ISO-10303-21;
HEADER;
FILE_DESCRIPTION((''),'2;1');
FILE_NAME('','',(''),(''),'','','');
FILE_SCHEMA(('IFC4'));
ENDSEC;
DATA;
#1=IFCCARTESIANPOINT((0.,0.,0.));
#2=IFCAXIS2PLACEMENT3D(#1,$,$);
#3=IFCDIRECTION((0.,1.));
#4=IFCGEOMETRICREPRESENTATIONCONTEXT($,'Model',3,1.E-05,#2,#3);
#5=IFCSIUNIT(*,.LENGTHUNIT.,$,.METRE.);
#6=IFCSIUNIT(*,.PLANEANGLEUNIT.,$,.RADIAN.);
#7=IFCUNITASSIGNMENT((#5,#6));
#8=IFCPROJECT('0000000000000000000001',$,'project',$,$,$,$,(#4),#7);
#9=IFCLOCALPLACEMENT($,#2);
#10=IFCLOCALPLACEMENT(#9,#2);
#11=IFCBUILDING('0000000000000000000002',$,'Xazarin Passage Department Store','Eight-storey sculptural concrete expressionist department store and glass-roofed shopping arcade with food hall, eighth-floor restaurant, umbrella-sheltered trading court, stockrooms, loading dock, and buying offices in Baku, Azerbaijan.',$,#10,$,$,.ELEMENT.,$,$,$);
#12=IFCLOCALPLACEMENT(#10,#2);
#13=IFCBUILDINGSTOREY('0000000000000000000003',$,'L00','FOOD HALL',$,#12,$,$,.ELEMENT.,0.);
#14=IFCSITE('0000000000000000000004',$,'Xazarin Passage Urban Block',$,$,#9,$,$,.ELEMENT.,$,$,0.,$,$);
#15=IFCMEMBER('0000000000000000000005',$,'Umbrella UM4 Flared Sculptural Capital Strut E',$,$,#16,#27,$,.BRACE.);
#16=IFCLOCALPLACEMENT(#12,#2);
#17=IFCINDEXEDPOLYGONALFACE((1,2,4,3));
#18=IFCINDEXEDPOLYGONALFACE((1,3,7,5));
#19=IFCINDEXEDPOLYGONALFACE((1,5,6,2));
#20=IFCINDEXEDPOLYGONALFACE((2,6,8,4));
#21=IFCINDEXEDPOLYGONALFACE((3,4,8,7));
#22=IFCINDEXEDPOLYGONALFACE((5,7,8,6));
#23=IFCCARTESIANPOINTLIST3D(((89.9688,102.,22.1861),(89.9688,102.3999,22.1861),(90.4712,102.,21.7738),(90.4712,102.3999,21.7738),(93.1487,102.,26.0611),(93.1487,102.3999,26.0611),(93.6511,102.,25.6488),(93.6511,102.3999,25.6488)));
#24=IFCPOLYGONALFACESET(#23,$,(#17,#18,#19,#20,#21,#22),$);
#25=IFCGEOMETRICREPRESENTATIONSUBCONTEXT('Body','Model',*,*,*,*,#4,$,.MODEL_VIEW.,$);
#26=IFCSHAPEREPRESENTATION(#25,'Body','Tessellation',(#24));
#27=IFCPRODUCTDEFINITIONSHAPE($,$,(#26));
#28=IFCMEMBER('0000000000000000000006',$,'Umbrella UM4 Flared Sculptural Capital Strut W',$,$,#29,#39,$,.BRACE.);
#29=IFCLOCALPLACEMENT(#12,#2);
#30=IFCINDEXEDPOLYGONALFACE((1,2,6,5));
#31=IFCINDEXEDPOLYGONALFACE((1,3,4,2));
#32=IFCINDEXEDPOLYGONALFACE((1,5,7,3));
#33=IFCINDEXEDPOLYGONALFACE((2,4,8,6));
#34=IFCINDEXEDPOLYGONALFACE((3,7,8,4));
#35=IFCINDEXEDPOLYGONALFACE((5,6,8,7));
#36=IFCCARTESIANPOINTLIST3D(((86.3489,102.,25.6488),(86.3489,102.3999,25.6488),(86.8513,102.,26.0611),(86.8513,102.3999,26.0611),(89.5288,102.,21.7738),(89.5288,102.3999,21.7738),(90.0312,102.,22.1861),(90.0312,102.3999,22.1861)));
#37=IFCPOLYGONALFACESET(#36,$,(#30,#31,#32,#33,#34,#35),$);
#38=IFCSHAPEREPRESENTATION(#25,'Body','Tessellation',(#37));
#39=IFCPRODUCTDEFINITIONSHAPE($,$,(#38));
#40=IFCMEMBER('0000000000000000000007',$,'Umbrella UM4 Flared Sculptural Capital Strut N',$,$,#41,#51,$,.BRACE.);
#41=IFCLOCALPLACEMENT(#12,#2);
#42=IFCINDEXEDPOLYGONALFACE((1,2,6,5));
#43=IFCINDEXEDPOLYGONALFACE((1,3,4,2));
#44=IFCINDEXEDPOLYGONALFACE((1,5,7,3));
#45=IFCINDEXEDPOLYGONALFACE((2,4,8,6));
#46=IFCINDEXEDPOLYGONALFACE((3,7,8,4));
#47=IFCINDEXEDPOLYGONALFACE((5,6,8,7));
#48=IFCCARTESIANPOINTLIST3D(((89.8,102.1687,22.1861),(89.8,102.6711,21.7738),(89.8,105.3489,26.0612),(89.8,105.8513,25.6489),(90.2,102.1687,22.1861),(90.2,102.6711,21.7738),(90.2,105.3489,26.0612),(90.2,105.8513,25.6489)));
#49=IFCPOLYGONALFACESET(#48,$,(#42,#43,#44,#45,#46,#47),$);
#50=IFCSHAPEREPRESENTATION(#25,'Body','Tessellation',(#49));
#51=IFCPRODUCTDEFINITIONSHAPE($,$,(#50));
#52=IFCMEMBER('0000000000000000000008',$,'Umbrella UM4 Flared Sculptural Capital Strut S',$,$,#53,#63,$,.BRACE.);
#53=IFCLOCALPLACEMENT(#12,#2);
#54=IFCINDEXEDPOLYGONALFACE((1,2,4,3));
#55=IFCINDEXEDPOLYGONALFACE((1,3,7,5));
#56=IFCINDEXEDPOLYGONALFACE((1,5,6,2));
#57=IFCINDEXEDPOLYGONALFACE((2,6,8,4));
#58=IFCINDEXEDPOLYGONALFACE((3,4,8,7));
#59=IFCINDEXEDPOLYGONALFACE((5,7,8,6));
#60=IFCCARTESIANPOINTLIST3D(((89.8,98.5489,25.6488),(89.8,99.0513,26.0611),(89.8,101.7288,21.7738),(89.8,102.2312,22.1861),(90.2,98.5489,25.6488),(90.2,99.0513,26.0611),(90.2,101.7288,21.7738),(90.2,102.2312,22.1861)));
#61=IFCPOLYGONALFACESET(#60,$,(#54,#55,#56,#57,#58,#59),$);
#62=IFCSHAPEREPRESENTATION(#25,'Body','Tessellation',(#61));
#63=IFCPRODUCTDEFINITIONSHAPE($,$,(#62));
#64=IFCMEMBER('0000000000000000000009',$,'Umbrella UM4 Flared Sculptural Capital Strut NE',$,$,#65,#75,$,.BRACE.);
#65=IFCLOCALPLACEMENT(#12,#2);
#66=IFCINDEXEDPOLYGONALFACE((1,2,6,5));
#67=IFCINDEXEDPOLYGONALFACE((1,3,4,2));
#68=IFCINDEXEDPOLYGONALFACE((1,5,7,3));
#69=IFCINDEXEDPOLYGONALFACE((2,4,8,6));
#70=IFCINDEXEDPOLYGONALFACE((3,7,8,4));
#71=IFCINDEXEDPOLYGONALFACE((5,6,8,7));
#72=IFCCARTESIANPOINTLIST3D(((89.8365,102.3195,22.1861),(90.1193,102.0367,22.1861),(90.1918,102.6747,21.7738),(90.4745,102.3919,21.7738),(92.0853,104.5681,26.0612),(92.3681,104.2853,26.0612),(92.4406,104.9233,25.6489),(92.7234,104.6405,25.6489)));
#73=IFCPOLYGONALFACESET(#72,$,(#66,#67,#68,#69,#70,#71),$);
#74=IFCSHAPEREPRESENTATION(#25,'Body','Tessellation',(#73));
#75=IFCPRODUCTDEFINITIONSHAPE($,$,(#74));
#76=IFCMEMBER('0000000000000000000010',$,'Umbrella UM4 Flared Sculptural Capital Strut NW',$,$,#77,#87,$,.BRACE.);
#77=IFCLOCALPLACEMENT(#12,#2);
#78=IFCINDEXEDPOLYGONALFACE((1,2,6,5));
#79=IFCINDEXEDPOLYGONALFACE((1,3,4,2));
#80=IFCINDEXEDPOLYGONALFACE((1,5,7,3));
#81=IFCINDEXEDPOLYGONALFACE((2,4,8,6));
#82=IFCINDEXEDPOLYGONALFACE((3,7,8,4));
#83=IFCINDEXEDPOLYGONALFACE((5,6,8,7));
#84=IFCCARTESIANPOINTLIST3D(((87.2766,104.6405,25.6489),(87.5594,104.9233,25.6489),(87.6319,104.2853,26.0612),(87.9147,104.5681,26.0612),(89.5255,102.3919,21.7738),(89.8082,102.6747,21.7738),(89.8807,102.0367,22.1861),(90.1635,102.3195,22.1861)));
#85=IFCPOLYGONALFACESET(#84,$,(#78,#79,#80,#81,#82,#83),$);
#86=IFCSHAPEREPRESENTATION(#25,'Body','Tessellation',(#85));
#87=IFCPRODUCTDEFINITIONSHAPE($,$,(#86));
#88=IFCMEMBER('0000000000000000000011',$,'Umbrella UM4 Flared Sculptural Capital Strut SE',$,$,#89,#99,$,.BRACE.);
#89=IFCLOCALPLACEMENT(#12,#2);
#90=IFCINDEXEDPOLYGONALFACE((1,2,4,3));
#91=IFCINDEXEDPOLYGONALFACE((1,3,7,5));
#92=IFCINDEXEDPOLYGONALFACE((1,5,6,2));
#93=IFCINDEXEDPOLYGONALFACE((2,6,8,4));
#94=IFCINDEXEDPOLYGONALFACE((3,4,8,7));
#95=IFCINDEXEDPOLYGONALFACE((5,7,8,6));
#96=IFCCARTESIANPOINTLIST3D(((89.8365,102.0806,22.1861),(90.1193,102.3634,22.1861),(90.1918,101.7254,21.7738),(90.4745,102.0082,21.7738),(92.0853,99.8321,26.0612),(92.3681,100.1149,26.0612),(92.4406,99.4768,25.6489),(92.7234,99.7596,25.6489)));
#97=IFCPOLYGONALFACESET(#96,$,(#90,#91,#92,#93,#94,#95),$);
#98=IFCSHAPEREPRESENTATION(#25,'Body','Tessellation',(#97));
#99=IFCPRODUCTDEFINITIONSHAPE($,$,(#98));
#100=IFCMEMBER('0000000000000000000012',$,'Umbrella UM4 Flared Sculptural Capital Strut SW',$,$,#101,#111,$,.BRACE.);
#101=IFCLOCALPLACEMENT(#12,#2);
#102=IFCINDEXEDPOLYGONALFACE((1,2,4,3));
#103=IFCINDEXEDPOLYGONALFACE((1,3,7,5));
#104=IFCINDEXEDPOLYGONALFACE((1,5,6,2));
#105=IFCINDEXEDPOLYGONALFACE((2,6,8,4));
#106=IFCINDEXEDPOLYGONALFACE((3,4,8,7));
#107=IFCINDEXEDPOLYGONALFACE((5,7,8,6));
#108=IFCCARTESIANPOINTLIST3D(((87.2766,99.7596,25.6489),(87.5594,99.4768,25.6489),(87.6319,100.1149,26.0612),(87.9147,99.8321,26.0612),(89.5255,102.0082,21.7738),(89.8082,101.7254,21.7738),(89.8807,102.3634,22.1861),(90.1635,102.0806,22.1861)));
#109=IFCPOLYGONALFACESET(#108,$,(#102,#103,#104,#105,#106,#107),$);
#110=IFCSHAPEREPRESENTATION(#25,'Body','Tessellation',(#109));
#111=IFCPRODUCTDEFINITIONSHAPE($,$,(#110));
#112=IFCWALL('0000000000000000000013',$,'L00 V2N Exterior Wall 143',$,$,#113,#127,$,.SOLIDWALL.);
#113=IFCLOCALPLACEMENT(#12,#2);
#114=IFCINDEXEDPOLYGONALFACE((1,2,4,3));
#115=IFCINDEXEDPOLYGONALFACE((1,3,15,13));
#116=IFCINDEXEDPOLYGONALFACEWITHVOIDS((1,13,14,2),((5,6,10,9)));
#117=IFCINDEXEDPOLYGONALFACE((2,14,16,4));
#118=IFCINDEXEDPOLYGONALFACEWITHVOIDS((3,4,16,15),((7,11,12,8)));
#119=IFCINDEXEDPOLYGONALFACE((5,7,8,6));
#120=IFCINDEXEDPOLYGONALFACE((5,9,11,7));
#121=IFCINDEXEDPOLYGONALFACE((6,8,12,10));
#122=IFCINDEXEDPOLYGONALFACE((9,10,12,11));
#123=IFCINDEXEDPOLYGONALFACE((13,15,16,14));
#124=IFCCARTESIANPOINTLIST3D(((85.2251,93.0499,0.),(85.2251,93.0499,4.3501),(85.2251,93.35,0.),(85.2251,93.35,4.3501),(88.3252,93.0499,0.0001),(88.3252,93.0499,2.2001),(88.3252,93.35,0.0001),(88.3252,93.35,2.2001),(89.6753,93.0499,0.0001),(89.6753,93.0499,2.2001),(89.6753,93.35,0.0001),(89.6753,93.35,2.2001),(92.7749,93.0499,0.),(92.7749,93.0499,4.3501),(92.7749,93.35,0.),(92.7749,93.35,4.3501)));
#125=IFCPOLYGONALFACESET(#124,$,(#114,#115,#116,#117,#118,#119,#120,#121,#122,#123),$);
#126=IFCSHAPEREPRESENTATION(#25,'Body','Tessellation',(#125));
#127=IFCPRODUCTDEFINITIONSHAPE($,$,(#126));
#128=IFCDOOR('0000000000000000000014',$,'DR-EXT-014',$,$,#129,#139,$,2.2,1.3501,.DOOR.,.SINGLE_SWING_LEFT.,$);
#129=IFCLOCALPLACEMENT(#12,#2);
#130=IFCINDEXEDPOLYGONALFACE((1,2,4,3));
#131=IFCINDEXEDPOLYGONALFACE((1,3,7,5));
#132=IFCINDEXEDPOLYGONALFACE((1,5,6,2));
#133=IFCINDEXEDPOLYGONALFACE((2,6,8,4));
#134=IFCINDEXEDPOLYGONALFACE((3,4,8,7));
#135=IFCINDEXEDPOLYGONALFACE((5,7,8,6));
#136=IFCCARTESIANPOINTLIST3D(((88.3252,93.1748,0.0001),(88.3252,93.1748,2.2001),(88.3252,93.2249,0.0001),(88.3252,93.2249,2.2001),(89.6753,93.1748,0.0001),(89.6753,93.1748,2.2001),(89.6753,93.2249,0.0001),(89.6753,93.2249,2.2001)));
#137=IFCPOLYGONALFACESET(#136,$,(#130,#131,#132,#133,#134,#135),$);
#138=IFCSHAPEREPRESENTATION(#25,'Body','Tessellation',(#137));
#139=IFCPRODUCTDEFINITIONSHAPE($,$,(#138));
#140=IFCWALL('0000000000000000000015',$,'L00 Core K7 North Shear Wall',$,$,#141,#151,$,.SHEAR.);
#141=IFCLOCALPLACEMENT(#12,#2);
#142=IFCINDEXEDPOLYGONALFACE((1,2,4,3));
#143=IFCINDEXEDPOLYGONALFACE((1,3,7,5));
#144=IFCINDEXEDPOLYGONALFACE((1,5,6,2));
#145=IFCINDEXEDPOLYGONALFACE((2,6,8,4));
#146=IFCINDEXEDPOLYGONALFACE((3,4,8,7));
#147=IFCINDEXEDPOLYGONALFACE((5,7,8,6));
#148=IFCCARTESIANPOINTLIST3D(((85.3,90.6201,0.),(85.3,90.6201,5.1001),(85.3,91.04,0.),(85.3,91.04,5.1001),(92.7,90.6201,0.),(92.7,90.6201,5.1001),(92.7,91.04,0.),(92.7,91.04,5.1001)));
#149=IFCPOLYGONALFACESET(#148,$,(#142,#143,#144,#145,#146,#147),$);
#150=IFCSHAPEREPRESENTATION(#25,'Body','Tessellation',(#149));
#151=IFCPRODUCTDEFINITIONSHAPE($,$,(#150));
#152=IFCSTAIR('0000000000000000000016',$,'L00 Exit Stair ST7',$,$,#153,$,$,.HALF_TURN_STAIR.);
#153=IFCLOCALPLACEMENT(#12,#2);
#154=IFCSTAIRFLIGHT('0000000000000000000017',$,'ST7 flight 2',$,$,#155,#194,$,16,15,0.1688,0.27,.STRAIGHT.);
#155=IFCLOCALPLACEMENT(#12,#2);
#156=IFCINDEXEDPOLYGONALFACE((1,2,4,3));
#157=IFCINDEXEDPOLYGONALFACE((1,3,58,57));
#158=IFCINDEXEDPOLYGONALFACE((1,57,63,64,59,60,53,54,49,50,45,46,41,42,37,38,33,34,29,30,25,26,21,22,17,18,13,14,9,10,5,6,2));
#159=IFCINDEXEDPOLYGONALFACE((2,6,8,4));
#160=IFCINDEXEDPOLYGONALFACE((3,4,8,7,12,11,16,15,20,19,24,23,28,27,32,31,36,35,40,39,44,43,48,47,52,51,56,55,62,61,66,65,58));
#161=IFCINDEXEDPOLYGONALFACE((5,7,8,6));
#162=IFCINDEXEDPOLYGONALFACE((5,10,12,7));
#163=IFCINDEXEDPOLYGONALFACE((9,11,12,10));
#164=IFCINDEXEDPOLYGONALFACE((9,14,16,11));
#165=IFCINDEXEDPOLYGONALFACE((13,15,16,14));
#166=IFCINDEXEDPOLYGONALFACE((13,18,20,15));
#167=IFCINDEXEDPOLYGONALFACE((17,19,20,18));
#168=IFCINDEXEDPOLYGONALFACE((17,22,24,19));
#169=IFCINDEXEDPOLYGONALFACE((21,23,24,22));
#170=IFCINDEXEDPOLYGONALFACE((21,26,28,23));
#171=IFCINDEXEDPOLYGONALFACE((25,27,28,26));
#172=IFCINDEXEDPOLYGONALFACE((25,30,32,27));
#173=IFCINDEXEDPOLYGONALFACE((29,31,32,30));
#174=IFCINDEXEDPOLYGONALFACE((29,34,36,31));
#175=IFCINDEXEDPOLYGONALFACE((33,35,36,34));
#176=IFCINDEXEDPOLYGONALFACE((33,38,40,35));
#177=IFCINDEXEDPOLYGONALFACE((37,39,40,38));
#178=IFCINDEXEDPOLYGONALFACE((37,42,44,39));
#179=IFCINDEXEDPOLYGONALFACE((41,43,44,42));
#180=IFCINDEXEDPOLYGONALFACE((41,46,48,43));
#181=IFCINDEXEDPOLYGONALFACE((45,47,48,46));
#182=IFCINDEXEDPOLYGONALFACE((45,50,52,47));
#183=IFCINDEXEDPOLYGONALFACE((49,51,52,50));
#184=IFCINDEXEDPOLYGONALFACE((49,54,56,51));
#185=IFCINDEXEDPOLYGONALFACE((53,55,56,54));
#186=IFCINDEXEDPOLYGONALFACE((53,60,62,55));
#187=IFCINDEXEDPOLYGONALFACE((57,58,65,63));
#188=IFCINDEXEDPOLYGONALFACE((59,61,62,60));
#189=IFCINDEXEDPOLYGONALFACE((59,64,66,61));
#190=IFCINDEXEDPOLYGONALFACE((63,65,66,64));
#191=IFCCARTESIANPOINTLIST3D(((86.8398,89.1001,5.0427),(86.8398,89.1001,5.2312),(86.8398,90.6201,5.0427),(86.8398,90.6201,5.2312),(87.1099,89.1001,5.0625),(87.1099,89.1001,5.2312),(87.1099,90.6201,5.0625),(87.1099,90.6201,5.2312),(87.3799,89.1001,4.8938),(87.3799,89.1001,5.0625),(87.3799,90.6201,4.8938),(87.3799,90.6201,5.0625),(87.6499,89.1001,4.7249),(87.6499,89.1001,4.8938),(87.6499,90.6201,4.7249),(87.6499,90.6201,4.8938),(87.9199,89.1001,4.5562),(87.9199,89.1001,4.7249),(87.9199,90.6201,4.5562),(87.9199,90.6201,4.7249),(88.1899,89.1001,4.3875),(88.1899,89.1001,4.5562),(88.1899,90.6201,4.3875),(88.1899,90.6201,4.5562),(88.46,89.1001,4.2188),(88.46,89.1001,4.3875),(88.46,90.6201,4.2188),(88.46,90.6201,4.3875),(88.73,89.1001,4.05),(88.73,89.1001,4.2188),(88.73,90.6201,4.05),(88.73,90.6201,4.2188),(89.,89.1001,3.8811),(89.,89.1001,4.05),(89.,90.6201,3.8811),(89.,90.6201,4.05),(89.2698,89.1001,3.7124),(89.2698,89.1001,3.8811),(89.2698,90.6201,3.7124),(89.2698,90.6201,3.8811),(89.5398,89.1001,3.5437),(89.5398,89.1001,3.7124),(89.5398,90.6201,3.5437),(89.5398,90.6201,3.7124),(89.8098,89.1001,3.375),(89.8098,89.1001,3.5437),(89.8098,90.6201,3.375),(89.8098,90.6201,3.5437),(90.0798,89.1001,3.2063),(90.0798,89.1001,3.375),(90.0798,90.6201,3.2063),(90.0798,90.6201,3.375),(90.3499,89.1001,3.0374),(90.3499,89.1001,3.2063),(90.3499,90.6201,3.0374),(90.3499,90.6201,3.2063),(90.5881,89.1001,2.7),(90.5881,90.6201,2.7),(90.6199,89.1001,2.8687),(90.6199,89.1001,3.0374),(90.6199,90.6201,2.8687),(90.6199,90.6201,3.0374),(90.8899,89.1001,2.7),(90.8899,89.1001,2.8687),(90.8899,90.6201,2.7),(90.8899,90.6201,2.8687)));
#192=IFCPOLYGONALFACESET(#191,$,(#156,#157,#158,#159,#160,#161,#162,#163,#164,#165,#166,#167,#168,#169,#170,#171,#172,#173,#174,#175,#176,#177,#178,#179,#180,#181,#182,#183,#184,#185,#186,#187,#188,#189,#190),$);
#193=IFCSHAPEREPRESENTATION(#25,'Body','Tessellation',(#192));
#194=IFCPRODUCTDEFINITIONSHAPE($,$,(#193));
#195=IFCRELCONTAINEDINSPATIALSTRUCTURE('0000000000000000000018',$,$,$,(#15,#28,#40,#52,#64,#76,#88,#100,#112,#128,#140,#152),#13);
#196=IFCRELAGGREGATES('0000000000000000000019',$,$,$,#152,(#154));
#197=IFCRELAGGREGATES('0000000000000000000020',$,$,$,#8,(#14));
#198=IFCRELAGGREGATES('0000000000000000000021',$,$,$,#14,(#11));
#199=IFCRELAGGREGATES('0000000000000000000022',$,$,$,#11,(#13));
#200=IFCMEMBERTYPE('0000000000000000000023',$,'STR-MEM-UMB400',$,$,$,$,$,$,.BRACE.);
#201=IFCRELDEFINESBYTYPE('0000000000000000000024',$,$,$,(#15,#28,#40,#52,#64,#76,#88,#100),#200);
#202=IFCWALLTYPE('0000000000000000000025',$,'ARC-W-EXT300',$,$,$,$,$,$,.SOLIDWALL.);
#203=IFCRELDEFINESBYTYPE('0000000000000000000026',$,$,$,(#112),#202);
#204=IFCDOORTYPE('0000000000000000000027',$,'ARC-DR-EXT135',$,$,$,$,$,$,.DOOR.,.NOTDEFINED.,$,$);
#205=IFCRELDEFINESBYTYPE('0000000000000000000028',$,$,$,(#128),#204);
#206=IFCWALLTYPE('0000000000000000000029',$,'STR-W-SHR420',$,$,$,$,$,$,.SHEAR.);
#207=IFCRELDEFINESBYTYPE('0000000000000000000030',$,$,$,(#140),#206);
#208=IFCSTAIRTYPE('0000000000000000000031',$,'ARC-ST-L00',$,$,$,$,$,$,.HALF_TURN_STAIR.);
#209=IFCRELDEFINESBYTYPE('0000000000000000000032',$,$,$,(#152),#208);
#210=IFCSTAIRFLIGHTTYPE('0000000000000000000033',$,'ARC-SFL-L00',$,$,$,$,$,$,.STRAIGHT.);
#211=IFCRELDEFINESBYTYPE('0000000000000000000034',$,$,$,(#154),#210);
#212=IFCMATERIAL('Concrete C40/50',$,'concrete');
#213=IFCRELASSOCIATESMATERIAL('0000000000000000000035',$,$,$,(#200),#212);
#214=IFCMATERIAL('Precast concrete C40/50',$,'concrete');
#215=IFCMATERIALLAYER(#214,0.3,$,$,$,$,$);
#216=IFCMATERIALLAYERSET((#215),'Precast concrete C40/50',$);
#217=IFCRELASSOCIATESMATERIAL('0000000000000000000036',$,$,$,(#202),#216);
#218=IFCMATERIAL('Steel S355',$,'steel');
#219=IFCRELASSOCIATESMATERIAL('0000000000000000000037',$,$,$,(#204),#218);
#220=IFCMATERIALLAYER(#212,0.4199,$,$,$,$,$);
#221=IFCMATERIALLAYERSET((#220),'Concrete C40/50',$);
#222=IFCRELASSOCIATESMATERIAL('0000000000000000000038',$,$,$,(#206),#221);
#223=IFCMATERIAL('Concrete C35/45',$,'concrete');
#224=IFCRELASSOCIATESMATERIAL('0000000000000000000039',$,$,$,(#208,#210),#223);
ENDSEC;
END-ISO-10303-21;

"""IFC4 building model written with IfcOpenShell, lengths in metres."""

from ifc_helpers import new_model, si_unit, direction, frame, frame_2d, origin, origin_2d, place, context, subcontext, project, spatial, polyline, rectangle, outline, extrude, material, layer, layer_set, material_profile, profile_set, type_object, element, fill, aggregate, save


model = new_model("IFC4")

# Units and contexts
model_context = context("Model", 3, precision=1e-05, world=origin(), true_north=direction((0.0, 1.0)))
body_context = subcontext(model_context, "Body", "Model", "MODEL_VIEW")
ifc_project = project(units=[si_unit("LENGTHUNIT", "METRE"), si_unit("PLANEANGLEUNIT", "RADIAN")], contexts=[model_context])

# Site, building, storey
site_placement = place(None, origin())
site = spatial("IfcSite", under=ifc_project, at=site_placement, Name="Xazarin Passage Urban Block", CompositionType="ELEMENT", RefElevation=0.0)
building_placement = place(site_placement, origin())
building = spatial("IfcBuilding", under=site, at=building_placement, Name="Xazarin Passage Department Store", Description="Eight-storey sculptural concrete expressionist department store and glass-roofed shopping arcade with food hall, eighth-floor restaurant, umbrella-sheltered trading court, stockrooms, loading dock, and buying offices in Baku, Azerbaijan.", CompositionType="ELEMENT")
storey_placement = place(building_placement, origin())
storey = spatial("IfcBuildingStorey", under=building, at=storey_placement, Name="L00", Description="FOOD HALL", CompositionType="ELEMENT", Elevation=0.0)

# Shared definitions
ifc_material_1 = material(Name="Concrete C40/50", Category="concrete")

# Members
ifc_material_profile_1 = material_profile(ifc_material_1, rectangle(XDim=0.3999, YDim=0.6499, at=origin_2d()), Name="RC 400x650")
ifc_profile_set_1 = profile_set([ifc_material_profile_1], Name="Concrete C40/50")
member_type = type_object("IfcMemberType", Name="STR-MEM-UMB400", PredefinedType="BRACE", material=ifc_profile_set_1)
for number, where, z_axis, x_axis, name in (
    (1, (90.22, 102.2, 21.98), (0.63437, 0.0, 0.77303), (0.0, 1.0, 0.0), "Umbrella UM4 Flared Sculptural Capital Strut E"),
    (2, (89.78, 102.2, 21.98), (-0.63437, 0.0, 0.77303), (0.0, -1.0, 0.0), "Umbrella UM4 Flared Sculptural Capital Strut W"),
):
    element("IfcMember", number, at=place(storey_placement, frame(where, z_axis=z_axis, x_axis=x_axis)), inside=storey, type_object=member_type, Name=name, PredefinedType="BRACE", context=body_context, shape_type="SweptSolid", body=[
        extrude(rectangle(XDim=0.3999, YDim=0.6499, at=origin_2d()), origin(), (0.0, 0.0, 1.0), 5.0127),
    ])
member_1_placement = place(storey_placement, frame((90.0, 102.4199, 21.98), z_axis=(0.0, 0.634399, 0.773006), x_axis=(-1.0, 0.0, 0.0)))
element("IfcMember", 3, at=member_1_placement, inside=storey, type_object=member_type, Name="Umbrella UM4 Flared Sculptural Capital Strut N", PredefinedType="BRACE", context=body_context, shape_type="SweptSolid", body=[
    extrude(rectangle(XDim=0.3999, YDim=0.6499, at=origin_2d()), origin(), (0.0, 0.0, 1.0), 5.0129),
])
member_2_placement = place(storey_placement, frame((90.0, 101.98, 21.98), z_axis=(0.0, -0.63437, 0.77303), x_axis=(1.0, 0.0, 0.0)))
element("IfcMember", 4, at=member_2_placement, inside=storey, type_object=member_type, Name="Umbrella UM4 Flared Sculptural Capital Strut S", PredefinedType="BRACE", context=body_context, shape_type="SweptSolid", body=[
    extrude(rectangle(XDim=0.3999, YDim=0.6499, at=origin_2d()), origin(), (0.0, 0.0, 1.0), 5.0127),
])
for number, where, z_axis, x_axis, name in (
    (5, (90.1555, 102.3557, 21.98), (0.448604, 0.448555, 0.773015), (-0.707068, 0.707145, 0.0), "Umbrella UM4 Flared Sculptural Capital Strut NE"),
    (6, (89.8445, 102.3557, 21.98), (-0.448604, 0.448555, 0.773015), (-0.707068, -0.707145, 0.0), "Umbrella UM4 Flared Sculptural Capital Strut NW"),
    (7, (90.1555, 102.0444, 21.98), (0.448604, -0.448555, 0.773015), (0.707068, 0.707145, 0.0), "Umbrella UM4 Flared Sculptural Capital Strut SE"),
    (8, (89.8445, 102.0444, 21.98), (-0.448604, -0.448555, 0.773015), (0.707068, -0.707145, 0.0), "Umbrella UM4 Flared Sculptural Capital Strut SW"),
):
    element("IfcMember", number, at=place(storey_placement, frame(where, z_axis=z_axis, x_axis=x_axis)), inside=storey, type_object=member_type, Name=name, PredefinedType="BRACE", context=body_context, shape_type="SweptSolid", body=[
        extrude(rectangle(XDim=0.3999, YDim=0.6499, at=origin_2d()), origin(), (0.0, 0.0, 1.0), 5.0129),
    ])

# Wall, opening, door
ifc_material_2 = material(Name="Precast concrete C40/50", Category="concrete")
ifc_layer_1 = layer(ifc_material_2, 0.3)
ifc_layer_set_1 = layer_set([ifc_layer_1], Name="Precast concrete C40/50")
wall_type_1 = type_object("IfcWallType", Name="ARC-W-EXT300", PredefinedType="SOLIDWALL", material=ifc_layer_set_1)
wall_1_placement = place(storey_placement, frame((85.2251, 93.2, 0.0), z_axis=(0.0, 0.0, 1.0), x_axis=(1.0, 0.0, 0.0)))
wall_1 = element("IfcWall", 9, at=wall_1_placement, inside=storey, type_object=wall_type_1, Name="L00 V2N Exterior Wall 143", PredefinedType="SOLIDWALL", context=body_context, shape_type="SweptSolid", body=[
    extrude(rectangle(XDim=7.5498, YDim=0.3, at=frame_2d((3.7749, 0.0))), origin(), (0.0, 0.0, 1.0), 4.3501),
])
opening_placement = place(wall_1_placement, frame((3.1001, 0.0, 0.0)))
opening = element("IfcOpeningElement", 10, at=opening_placement, cuts=wall_1, PredefinedType="OPENING", context=body_context, shape_type="SweptSolid", body=[
    extrude(rectangle(XDim=1.3501, YDim=2.2, at=frame_2d((0.675, 1.1001))), frame((0.0, 0.1599, 0.0), z_axis=(0.0, -1.0, 0.0), x_axis=(1.0, 0.0, 0.0)), (0.0, 0.0, 1.0), 0.3201),
])
ifc_material_3 = material(Name="Steel S355", Category="steel")
door_type = type_object("IfcDoorType", Name="ARC-DR-EXT135", OperationType="NOTDEFINED", PredefinedType="DOOR", material=ifc_material_3)
door_placement = place(opening_placement, origin())
door = element("IfcDoor", 11, at=door_placement, inside=storey, type_object=door_type, Name="DR-EXT-014", OperationType="SINGLE_SWING_LEFT", OverallHeight=2.2, OverallWidth=1.3501, PredefinedType="DOOR", context=body_context, shape_type="SweptSolid", body=[
    extrude(rectangle(XDim=1.3501, YDim=2.2, at=frame_2d((0.675, 1.1001))), frame((0.0, 0.0249, 0.0), z_axis=(0.0, -1.0, 0.0), x_axis=(1.0, 0.0, 0.0)), (0.0, 0.0, 1.0), 0.05),
])
fill(opening, door)

# Wall
ifc_layer_2 = layer(ifc_material_1, 0.4199)
ifc_layer_set_2 = layer_set([ifc_layer_2], Name="Concrete C40/50")
wall_type_2 = type_object("IfcWallType", Name="STR-W-SHR420", PredefinedType="SHEAR", material=ifc_layer_set_2)
wall_2_placement = place(storey_placement, frame((85.3, 90.8301, 0.0), z_axis=(0.0, 0.0, 1.0), x_axis=(1.0, 0.0, 0.0)))
element("IfcWall", 12, at=wall_2_placement, inside=storey, type_object=wall_type_2, Name="L00 Core K7 North Shear Wall", PredefinedType="SHEAR", context=body_context, shape_type="SweptSolid", body=[
    extrude(rectangle(XDim=7.3999, YDim=0.4199, at=frame_2d((3.7, 0.0))), origin(), (0.0, 0.0, 1.0), 5.1001),
])

# Stair, stair flight
ifc_material_4 = material(Name="Concrete C35/45", Category="concrete")
stair_type = type_object("IfcStairType", Name="ARC-ST-L00", PredefinedType="HALF_TURN_STAIR", material=ifc_material_4)
stair_placement = place(storey_placement, origin())
stair = element("IfcStair", 13, at=stair_placement, inside=storey, type_object=stair_type, Name="L00 Exit Stair ST7", PredefinedType="HALF_TURN_STAIR")
stair_flight_type = type_object("IfcStairFlightType", Name="ARC-SFL-L00", PredefinedType="STRAIGHT", material=ifc_material_4)
stair_flight_placement = place(storey_placement, frame((90.8899, 89.8601, 2.7), z_axis=(0.0, 0.0, 1.0), x_axis=(-1.0, 0.0, 0.0)))
stair_flight = element("IfcStairFlight", 14, at=stair_flight_placement, type_object=stair_flight_type, Name="ST7 flight 2", NumberOfRisers=16, NumberOfTreads=15, PredefinedType="STRAIGHT", RiserHeight=0.1688, TreadLength=0.27, context=body_context, shape_type="SweptSolid", body=[
    extrude(outline(polyline([(0.0, 0.0), (0.0, 0.1687), (0.27, 0.1687), (0.27, 0.3374), (0.54, 0.3374), (0.54, 0.5063), (0.8101, 0.5063), (0.8101, 0.675), (1.0801, 0.675), (1.0801, 0.8438), (1.3501, 0.8438), (1.3501, 1.0125), (1.6201, 1.0125), (1.6201, 1.1812), (1.8899, 1.1812), (1.8899, 1.3501), (2.1599, 1.3501), (2.1599, 1.5188), (2.4299, 1.5188), (2.4299, 1.6875), (2.7, 1.6875), (2.7, 1.8562), (2.97, 1.8562), (2.97, 2.0249), (3.24, 2.0249), (3.24, 2.1938), (3.51, 2.1938), (3.51, 2.3625), (3.78, 2.3625), (3.78, 2.5312), (4.05, 2.5312), (4.05, 2.7), (4.05, 2.3428), (0.3018, 0.0), (0.0, 0.0)])), frame((0.0, 0.76, 0.0), z_axis=(0.0, -1.0, 0.0), x_axis=(1.0, 0.0, 0.0)), (0.0, 0.0, 1.0), 1.52),
])
aggregate(stair, [stair_flight])

save(model, "model.ifc")
